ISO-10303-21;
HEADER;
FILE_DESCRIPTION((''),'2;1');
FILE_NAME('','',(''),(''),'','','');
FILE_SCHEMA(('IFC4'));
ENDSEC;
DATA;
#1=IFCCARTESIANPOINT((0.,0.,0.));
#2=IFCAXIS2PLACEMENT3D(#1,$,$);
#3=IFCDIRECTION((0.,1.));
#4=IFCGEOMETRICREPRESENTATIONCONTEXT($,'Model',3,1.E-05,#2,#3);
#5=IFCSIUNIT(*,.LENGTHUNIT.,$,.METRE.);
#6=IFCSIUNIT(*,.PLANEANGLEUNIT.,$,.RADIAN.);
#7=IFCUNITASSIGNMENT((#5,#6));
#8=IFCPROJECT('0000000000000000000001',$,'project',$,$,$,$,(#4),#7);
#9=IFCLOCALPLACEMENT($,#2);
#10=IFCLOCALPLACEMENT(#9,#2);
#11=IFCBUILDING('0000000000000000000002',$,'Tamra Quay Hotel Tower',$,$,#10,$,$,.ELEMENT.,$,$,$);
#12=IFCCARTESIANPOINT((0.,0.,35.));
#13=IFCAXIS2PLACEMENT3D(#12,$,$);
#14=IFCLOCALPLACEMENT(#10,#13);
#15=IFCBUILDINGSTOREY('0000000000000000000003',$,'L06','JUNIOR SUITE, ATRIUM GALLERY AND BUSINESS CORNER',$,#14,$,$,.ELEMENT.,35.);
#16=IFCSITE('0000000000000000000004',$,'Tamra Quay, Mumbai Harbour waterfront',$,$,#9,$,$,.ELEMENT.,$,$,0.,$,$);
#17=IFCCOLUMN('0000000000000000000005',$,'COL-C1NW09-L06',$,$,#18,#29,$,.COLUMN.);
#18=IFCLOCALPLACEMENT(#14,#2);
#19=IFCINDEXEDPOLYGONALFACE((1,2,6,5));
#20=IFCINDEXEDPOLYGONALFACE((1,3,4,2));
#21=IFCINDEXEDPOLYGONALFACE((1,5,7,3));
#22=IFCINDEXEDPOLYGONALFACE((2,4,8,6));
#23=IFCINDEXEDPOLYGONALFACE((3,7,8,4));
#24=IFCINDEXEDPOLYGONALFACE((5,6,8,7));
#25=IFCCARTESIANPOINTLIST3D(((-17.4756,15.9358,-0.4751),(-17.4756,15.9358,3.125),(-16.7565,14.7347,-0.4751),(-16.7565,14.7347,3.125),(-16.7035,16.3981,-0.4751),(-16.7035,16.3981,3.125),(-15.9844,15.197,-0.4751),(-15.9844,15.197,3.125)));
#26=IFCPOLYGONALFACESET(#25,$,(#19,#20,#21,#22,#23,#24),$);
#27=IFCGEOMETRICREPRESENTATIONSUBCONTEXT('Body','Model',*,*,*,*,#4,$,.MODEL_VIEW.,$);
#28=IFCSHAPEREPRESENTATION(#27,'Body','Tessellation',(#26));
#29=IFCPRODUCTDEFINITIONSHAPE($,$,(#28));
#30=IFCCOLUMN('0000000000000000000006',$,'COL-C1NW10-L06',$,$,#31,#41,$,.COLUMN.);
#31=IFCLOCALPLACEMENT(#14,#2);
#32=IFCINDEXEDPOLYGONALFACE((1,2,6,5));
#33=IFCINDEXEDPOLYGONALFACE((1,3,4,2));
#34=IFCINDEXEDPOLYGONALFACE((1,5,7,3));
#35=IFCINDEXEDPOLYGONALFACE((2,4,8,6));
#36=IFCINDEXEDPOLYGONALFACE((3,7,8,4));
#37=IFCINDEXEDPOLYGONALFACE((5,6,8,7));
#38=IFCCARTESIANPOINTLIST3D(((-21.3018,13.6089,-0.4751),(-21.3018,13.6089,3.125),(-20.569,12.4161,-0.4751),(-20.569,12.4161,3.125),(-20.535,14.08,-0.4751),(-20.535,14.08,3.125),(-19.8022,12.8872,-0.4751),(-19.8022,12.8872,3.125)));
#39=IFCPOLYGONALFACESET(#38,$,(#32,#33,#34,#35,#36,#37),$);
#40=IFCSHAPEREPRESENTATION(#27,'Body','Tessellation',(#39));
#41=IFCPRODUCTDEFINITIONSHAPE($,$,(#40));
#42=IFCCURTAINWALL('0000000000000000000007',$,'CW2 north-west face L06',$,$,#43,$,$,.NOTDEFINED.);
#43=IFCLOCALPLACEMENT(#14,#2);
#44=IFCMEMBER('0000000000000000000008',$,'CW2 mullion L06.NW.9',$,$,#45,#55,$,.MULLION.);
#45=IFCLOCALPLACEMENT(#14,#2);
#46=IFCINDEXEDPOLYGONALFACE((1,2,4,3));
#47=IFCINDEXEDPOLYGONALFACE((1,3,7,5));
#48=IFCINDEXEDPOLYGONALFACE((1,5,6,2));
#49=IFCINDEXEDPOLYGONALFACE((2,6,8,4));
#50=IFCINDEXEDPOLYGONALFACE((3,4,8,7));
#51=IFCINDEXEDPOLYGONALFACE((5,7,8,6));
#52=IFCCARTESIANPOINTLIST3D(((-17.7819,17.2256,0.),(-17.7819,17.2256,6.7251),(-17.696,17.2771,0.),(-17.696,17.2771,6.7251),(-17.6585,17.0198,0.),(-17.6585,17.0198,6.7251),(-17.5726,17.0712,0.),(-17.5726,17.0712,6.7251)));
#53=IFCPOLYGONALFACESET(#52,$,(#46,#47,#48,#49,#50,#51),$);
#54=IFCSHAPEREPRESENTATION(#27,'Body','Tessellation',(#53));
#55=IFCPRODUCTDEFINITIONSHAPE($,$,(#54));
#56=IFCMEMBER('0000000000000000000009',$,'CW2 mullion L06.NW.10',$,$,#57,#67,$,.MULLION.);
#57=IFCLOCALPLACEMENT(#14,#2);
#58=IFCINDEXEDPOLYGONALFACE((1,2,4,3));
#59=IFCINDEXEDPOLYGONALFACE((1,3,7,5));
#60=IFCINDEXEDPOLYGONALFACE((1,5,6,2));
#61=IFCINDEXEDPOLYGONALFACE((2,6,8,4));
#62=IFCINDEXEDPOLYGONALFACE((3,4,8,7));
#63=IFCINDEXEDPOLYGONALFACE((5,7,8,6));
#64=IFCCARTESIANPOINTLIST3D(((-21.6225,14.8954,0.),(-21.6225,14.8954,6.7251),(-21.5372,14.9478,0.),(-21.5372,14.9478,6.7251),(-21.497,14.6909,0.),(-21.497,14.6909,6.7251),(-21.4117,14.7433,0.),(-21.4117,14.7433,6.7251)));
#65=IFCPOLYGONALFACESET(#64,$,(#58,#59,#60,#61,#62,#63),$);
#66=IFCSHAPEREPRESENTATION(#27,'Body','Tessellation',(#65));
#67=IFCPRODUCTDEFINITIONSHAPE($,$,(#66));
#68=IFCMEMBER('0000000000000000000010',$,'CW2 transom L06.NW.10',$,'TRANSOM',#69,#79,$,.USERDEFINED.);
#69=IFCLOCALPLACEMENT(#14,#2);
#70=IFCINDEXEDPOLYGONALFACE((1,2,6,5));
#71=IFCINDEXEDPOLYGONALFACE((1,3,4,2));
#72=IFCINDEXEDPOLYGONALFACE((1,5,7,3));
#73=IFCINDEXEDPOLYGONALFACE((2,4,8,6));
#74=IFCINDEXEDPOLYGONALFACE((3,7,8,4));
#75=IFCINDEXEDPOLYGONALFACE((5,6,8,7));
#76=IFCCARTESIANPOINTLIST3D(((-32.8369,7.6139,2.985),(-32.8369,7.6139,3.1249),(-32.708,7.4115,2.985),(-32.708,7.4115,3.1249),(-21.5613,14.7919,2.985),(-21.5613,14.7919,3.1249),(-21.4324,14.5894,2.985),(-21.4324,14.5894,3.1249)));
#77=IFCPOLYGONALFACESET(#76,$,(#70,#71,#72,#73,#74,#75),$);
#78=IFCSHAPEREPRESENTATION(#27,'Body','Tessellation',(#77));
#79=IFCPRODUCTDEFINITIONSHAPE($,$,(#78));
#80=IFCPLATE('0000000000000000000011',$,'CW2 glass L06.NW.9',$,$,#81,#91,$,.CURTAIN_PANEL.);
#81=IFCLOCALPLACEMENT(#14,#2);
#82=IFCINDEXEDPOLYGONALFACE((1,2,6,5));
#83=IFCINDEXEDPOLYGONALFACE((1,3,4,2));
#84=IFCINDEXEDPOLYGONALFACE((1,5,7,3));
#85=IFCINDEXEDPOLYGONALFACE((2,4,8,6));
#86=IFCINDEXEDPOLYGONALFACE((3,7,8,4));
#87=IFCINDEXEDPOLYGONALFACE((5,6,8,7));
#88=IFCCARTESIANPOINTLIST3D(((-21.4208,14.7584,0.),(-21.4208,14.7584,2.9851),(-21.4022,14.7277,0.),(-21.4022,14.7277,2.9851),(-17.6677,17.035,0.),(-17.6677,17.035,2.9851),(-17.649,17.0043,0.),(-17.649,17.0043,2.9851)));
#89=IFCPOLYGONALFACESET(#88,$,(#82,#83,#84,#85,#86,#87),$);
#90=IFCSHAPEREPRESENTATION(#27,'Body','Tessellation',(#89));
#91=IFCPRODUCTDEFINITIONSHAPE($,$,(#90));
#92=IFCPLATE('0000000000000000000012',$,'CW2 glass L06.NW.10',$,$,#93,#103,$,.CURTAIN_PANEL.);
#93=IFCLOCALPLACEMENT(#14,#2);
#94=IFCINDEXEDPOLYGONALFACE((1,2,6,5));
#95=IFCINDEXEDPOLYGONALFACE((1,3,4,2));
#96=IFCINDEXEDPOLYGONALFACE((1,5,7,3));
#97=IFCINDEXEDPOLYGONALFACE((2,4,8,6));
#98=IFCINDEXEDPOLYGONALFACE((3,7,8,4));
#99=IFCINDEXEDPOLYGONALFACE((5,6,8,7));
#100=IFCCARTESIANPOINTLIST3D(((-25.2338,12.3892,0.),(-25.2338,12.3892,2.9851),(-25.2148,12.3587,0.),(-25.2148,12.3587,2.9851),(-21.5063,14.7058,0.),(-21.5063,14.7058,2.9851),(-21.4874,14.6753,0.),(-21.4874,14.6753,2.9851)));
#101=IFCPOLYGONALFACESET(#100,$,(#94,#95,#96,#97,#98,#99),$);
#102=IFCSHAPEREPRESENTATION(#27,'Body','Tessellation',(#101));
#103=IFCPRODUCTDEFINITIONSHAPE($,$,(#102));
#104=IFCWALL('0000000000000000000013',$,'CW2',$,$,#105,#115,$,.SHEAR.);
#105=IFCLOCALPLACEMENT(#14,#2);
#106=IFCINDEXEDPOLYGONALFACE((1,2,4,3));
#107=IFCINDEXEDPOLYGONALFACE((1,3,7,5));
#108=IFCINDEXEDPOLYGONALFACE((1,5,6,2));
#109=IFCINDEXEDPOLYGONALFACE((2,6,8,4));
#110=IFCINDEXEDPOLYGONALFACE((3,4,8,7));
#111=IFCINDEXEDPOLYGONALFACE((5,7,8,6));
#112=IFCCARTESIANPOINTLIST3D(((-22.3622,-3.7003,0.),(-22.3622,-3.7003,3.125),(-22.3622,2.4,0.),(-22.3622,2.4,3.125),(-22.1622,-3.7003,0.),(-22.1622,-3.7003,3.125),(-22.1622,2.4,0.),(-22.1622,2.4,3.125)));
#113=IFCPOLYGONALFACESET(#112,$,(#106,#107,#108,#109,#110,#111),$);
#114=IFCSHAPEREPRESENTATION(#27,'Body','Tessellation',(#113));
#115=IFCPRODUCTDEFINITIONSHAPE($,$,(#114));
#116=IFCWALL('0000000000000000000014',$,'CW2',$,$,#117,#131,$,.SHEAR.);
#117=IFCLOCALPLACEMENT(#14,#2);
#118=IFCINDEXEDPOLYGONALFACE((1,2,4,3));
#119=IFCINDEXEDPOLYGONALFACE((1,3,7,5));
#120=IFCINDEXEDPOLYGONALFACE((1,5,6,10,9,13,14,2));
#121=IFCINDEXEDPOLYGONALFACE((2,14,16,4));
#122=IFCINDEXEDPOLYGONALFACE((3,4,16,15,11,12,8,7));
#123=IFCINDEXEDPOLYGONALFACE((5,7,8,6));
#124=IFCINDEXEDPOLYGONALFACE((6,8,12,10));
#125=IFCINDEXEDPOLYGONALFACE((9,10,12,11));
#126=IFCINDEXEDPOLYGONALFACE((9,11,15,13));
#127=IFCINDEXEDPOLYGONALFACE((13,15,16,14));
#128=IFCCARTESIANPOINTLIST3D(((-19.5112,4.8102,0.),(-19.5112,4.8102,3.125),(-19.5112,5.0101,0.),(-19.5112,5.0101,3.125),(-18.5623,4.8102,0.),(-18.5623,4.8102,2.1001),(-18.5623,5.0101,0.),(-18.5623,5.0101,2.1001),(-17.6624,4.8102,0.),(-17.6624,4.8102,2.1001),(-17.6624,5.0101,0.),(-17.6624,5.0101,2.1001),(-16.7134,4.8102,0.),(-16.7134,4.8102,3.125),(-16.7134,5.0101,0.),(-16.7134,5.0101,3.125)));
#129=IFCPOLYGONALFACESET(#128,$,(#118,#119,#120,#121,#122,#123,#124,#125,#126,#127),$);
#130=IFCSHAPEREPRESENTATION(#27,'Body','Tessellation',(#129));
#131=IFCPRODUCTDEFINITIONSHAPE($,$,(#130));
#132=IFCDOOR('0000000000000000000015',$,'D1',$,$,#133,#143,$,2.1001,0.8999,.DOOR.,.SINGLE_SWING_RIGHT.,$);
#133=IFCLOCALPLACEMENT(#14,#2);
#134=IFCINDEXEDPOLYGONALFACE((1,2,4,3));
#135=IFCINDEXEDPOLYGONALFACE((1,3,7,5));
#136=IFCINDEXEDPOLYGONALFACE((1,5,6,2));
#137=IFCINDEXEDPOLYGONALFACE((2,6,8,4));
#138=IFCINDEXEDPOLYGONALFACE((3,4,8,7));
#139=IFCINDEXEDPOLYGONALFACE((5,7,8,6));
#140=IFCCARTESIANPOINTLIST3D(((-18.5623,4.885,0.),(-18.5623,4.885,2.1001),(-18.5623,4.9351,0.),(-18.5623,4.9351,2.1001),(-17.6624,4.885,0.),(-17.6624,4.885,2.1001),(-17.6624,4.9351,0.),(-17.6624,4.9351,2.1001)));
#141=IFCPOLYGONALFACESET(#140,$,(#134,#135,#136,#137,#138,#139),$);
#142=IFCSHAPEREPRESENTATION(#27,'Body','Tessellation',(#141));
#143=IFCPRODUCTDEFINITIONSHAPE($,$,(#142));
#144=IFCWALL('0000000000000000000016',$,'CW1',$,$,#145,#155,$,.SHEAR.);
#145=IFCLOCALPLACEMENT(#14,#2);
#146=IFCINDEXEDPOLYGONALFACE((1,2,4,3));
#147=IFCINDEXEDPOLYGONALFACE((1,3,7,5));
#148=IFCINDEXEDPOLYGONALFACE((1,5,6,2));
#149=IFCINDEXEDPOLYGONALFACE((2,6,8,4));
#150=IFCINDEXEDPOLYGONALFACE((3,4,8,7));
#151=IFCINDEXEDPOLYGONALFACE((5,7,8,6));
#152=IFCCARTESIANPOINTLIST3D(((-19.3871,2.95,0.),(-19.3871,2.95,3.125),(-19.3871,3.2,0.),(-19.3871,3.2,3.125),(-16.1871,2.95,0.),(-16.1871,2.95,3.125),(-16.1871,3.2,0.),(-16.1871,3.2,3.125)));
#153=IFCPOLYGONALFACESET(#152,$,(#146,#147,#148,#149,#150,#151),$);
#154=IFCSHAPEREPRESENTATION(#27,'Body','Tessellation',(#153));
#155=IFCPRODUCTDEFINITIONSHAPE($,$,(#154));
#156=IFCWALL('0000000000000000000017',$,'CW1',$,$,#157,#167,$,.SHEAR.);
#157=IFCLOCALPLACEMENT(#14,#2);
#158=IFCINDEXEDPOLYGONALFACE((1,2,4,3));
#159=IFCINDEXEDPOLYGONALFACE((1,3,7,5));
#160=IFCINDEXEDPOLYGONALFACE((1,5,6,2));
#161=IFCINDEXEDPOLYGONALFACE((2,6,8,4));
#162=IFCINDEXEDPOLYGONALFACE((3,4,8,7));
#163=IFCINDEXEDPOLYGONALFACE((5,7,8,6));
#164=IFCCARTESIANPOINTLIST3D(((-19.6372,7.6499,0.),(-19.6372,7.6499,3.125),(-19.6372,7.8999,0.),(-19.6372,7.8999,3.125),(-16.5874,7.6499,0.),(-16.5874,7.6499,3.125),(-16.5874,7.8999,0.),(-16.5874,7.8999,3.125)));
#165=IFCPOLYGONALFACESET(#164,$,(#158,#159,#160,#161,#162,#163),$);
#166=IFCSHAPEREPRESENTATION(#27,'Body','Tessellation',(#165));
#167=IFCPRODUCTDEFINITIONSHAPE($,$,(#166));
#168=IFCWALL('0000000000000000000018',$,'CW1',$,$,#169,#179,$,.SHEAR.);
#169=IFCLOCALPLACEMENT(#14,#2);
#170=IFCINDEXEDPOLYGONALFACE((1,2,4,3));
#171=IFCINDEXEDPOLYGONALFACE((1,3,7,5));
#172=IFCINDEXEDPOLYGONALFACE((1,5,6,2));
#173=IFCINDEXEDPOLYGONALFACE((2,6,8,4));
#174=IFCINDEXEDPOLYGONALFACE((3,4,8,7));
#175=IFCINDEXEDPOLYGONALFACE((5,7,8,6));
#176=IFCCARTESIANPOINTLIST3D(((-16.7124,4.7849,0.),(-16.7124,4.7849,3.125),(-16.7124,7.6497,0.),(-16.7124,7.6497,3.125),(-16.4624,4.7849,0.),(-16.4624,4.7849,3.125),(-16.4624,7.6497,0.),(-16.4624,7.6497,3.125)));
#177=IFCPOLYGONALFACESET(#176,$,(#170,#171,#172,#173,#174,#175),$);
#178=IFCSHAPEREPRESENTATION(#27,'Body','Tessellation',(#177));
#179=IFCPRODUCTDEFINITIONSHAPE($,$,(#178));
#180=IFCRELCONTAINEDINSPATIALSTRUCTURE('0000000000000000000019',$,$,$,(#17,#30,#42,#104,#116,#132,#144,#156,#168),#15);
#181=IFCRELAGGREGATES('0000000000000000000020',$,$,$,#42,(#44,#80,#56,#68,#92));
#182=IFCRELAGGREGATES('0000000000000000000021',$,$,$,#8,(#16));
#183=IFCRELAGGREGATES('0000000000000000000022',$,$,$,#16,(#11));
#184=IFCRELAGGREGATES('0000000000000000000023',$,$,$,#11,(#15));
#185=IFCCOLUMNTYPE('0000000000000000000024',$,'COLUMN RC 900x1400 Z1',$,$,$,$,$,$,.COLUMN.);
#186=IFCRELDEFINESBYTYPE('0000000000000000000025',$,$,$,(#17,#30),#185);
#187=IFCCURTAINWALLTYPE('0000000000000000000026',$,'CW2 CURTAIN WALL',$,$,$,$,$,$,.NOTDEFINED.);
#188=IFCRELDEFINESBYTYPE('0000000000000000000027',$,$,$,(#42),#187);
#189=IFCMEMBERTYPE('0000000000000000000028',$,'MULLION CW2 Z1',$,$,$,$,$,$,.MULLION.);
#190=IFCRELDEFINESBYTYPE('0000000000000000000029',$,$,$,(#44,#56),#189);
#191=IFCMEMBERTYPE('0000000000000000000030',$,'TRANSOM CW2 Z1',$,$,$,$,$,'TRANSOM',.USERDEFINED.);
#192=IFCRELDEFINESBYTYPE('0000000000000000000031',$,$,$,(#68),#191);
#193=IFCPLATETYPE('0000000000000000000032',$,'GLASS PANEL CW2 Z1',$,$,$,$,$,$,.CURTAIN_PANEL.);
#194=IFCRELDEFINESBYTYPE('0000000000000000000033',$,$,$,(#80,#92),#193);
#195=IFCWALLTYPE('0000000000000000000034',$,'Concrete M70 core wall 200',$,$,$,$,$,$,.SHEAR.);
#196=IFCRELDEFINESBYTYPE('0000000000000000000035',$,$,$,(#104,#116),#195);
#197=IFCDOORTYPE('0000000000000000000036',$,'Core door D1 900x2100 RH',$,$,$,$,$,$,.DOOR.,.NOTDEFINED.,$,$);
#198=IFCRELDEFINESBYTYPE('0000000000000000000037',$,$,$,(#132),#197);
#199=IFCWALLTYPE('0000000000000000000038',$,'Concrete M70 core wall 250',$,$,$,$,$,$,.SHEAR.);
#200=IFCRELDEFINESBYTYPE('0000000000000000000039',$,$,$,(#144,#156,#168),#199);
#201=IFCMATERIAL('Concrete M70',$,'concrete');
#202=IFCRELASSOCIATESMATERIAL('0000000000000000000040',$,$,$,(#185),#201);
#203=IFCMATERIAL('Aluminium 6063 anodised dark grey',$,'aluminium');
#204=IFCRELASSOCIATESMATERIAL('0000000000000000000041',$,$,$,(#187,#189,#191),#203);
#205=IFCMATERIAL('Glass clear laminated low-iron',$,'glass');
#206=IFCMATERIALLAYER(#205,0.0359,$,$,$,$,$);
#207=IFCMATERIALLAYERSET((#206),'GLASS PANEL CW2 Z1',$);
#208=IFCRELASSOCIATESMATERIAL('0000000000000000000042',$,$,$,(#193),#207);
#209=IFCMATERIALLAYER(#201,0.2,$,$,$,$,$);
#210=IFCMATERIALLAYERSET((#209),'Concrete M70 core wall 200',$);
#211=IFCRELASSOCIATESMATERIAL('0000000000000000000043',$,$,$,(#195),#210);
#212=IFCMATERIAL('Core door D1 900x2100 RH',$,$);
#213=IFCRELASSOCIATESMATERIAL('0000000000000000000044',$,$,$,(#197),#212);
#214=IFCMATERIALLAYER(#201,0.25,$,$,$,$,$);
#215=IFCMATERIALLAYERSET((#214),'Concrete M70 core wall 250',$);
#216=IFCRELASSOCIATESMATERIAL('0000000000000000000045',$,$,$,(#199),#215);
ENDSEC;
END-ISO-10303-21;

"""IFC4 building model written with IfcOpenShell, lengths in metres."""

from ifc_helpers import new_model, si_unit, direction, frame, frame_2d, origin, origin_2d, place, context, subcontext, project, spatial, rectangle, extrude, material, layer, layer_set, material_profile, profile_set, type_object, element, fill, aggregate, save


model = new_model("IFC4")

# Units and contexts
model_context = context("Model", 3, precision=1e-05, world=origin(), true_north=direction((0.0, 1.0)))
body_context = subcontext(model_context, "Body", "Model", "MODEL_VIEW")
ifc_project = project(units=[si_unit("LENGTHUNIT", "METRE"), si_unit("PLANEANGLEUNIT", "RADIAN")], contexts=[model_context])

# Site, building, storey
site_placement = place(None, origin())
site = spatial("IfcSite", under=ifc_project, at=site_placement, Name="Tamra Quay, Mumbai Harbour waterfront", CompositionType="ELEMENT", RefElevation=0.0)
building_placement = place(site_placement, origin())
building = spatial("IfcBuilding", under=site, at=building_placement, Name="Tamra Quay Hotel Tower", CompositionType="ELEMENT")
storey_placement = place(building_placement, frame((0.0, 0.0, 35.0)))
storey = spatial("IfcBuildingStorey", under=building, at=storey_placement, Name="L06", Description="JUNIOR SUITE, ATRIUM GALLERY AND BUSINESS CORNER", CompositionType="ELEMENT", Elevation=35.0)

# Columns
ifc_material_1 = material(Name="Concrete M70", Category="concrete")
ifc_material_profile_1 = material_profile(ifc_material_1, rectangle(XDim=1.3999, YDim=0.8999, at=origin_2d()), Name="COLUMN RC 900x1400 Z1")
ifc_profile_set_1 = profile_set([ifc_material_profile_1], Name="Concrete M70")
column_type = type_object("IfcColumnType", Name="COLUMN RC 900x1400 Z1", PredefinedType="COLUMN", material=ifc_profile_set_1)
for number, where, z_axis, x_axis, name in (
    (1, (-16.73, 15.5664, -0.4751), (0.0, 0.0, 1.0), (-0.513654, 0.857998, 0.0), "COL-C1NW09-L06"),
    (2, (-20.552, 13.248, -0.4751), (0.0, 0.0, 1.0), (-0.52343, 0.852069, 0.0), "COL-C1NW10-L06"),
):
    element("IfcColumn", number, at=place(storey_placement, frame(where, z_axis=z_axis, x_axis=x_axis)), inside=storey, type_object=column_type, Name=name, PredefinedType="COLUMN", context=body_context, shape_type="SweptSolid", body=[
        extrude(rectangle(XDim=1.3999, YDim=0.8999, at=origin_2d()), origin(), (0.0, 0.0, 1.0), 3.6001),
    ])

# Curtain wall, members, plates
ifc_material_2 = material(Name="Aluminium 6063 anodised dark grey", Category="aluminium")
curtain_wall_type = type_object("IfcCurtainWallType", Name="CW2 CURTAIN WALL", PredefinedType="NOTDEFINED", material=ifc_material_2)
curtain_wall_placement = place(storey_placement, origin())
curtain_wall = element("IfcCurtainWall", 3, at=curtain_wall_placement, inside=storey, type_object=curtain_wall_type, Name="CW2 north-west face L06", PredefinedType="NOTDEFINED")
ifc_material_profile_2 = material_profile(ifc_material_2, rectangle(XDim=0.24, YDim=0.1001, at=origin_2d()), Name="MULLION 100X240")
ifc_profile_set_2 = profile_set([ifc_material_profile_2], Name="Aluminium 6063 anodised dark grey")
member_type_1 = type_object("IfcMemberType", Name="MULLION CW2 Z1", PredefinedType="MULLION", material=ifc_profile_set_2)
member_1_placement = place(storey_placement, frame((-17.6772, 17.1484, 0.0), z_axis=(0.0, 0.0, 1.0), x_axis=(-0.514005, 0.857787, 0.0)))
member_1 = element("IfcMember", 4, at=member_1_placement, type_object=member_type_1, Name="CW2 mullion L06.NW.9", PredefinedType="MULLION", context=body_context, shape_type="SweptSolid", body=[
    extrude(rectangle(XDim=0.24, YDim=0.1001, at=origin_2d()), origin(), (0.0, 0.0, 1.0), 6.7251),
])
member_2_placement = place(storey_placement, frame((-21.5171, 14.8193, 0.0), z_axis=(0.0, 0.0, 1.0), x_axis=(-0.523257, 0.852175, 0.0)))
member_2 = element("IfcMember", 5, at=member_2_placement, type_object=member_type_1, Name="CW2 mullion L06.NW.10", PredefinedType="MULLION", context=body_context, shape_type="SweptSolid", body=[
    extrude(rectangle(XDim=0.24, YDim=0.1001, at=origin_2d()), origin(), (0.0, 0.0, 1.0), 6.7251),
])
ifc_material_profile_3 = material_profile(ifc_material_2, rectangle(XDim=0.24, YDim=0.1399, at=origin_2d()), Name="TRANSOM 240X140")
ifc_profile_set_3 = profile_set([ifc_material_profile_3], Name="Aluminium 6063 anodised dark grey")
member_type_2 = type_object("IfcMemberType", Name="TRANSOM CW2 Z1", ElementType="TRANSOM", PredefinedType="USERDEFINED", material=ifc_profile_set_3)
member_3_placement = place(storey_placement, frame((-21.4968, 14.6907, 3.0549), z_axis=(-0.843574, -0.537013, 0.0), x_axis=(0.537013, -0.843574, 0.0)))
member_3 = element("IfcMember", 6, at=member_3_placement, type_object=member_type_2, Name="CW2 transom L06.NW.10", ObjectType="TRANSOM", PredefinedType="USERDEFINED", context=body_context, shape_type="SweptSolid", body=[
    extrude(rectangle(XDim=0.24, YDim=0.1399, at=origin_2d()), origin(), (0.0, 0.0, 1.0), 13.3665),
])
ifc_material_3 = material(Name="Glass clear laminated low-iron", Category="glass")
ifc_layer_1 = layer(ifc_material_3, 0.0359)
ifc_layer_set_1 = layer_set([ifc_layer_1], Name="GLASS PANEL CW2 Z1")
plate_type = type_object("IfcPlateType", Name="GLASS PANEL CW2 Z1", PredefinedType="CURTAIN_PANEL", material=ifc_layer_set_1)
plate_1_placement = place(storey_placement, frame((-19.5349, 15.8813, 0.0), z_axis=(0.0, 0.0, 1.0), x_axis=(-0.854993, -0.518639, 0.0)))
plate_1 = element("IfcPlate", 7, at=plate_1_placement, type_object=plate_type, Name="CW2 glass L06.NW.9", PredefinedType="CURTAIN_PANEL", context=body_context, shape_type="SweptSolid", body=[
    extrude(rectangle(XDim=4.3896, YDim=0.0359, at=origin_2d()), origin(), (0.0, 0.0, 1.0), 2.9851),
])
plate_2_placement = place(storey_placement, frame((-23.3606, 13.5322, 0.0), z_axis=(0.0, 0.0, 1.0), x_axis=(-0.849331, -0.52786, 0.0)))
plate_2 = element("IfcPlate", 8, at=plate_2_placement, type_object=plate_type, Name="CW2 glass L06.NW.10", PredefinedType="CURTAIN_PANEL", context=body_context, shape_type="SweptSolid", body=[
    extrude(rectangle(XDim=4.3887, YDim=0.0359, at=origin_2d()), origin(), (0.0, 0.0, 1.0), 2.9851),
])
aggregate(curtain_wall, [member_1, plate_1, member_2, member_3, plate_2])

# Wall
ifc_layer_2 = layer(ifc_material_1, 0.2)
ifc_layer_set_2 = layer_set([ifc_layer_2], Name="Concrete M70 core wall 200")
wall_type_1 = type_object("IfcWallType", Name="Concrete M70 core wall 200", PredefinedType="SHEAR", material=ifc_layer_set_2)
wall_1_placement = place(storey_placement, frame((-22.2622, 2.4001, 0.0), z_axis=(0.0, 0.0, 1.0), x_axis=(0.0, -1.0, 0.0)))
element("IfcWall", 9, at=wall_1_placement, inside=storey, type_object=wall_type_1, Name="CW2", PredefinedType="SHEAR", context=body_context, shape_type="SweptSolid", body=[
    extrude(rectangle(XDim=6.1003, YDim=0.2, at=frame_2d((3.0503, 0.0))), origin(), (0.0, 0.0, 1.0), 3.125),
])

# Wall, opening, door
wall_2_placement = place(storey_placement, frame((-19.5112, 4.9102, 0.0), z_axis=(0.0, 0.0, 1.0), x_axis=(1.0, 0.0, 0.0)))
wall_2 = element("IfcWall", 10, at=wall_2_placement, inside=storey, type_object=wall_type_1, Name="CW2", PredefinedType="SHEAR", context=body_context, shape_type="SweptSolid", body=[
    extrude(rectangle(XDim=2.7979, YDim=0.2, at=frame_2d((1.3989, 0.0))), origin(), (0.0, 0.0, 1.0), 3.125),
])
opening_1_placement = place(wall_2_placement, frame((0.949, 0.0, 0.0)))
opening_1 = element("IfcOpeningElement", 11, at=opening_1_placement, cuts=wall_2, PredefinedType="OPENING", context=body_context, shape_type="SweptSolid", body=[
    extrude(rectangle(XDim=0.8999, YDim=2.1001, at=frame_2d((0.45, 1.05))), frame((0.0, 0.1099, 0.0), z_axis=(0.0, -1.0, 0.0), x_axis=(1.0, 0.0, 0.0)), (0.0, 0.0, 1.0), 0.22),
])
ifc_material_4 = material(Name="Core door D1 900x2100 RH")
door_type_1 = type_object("IfcDoorType", Name="Core door D1 900x2100 RH", OperationType="NOTDEFINED", PredefinedType="DOOR", material=ifc_material_4)
door_1_placement = place(opening_1_placement, origin())
door_1 = element("IfcDoor", 12, at=door_1_placement, inside=storey, type_object=door_type_1, Name="D1", OperationType="SINGLE_SWING_RIGHT", OverallHeight=2.1001, OverallWidth=0.8999, PredefinedType="DOOR", context=body_context, shape_type="SweptSolid", body=[
    extrude(rectangle(XDim=0.8999, YDim=2.1001, at=frame_2d((0.45, 1.05))), frame((0.0, 0.0249, 0.0), z_axis=(0.0, -1.0, 0.0), x_axis=(1.0, 0.0, 0.0)), (0.0, 0.0, 1.0), 0.05),
])
fill(opening_1, door_1)

# Walls
ifc_layer_3 = layer(ifc_material_1, 0.25)
ifc_layer_set_3 = layer_set([ifc_layer_3], Name="Concrete M70 core wall 250")
wall_type_2 = type_object("IfcWallType", Name="Concrete M70 core wall 250", PredefinedType="SHEAR", material=ifc_layer_set_3)
wall_3_placement = place(storey_placement, frame((-19.3872, 3.075, 0.0), z_axis=(0.0, 0.0, 1.0), x_axis=(1.0, 0.0, 0.0)))
element("IfcWall", 13, at=wall_3_placement, inside=storey, type_object=wall_type_2, Name="CW1", PredefinedType="SHEAR", context=body_context, shape_type="SweptSolid", body=[
    extrude(rectangle(XDim=3.2, YDim=0.25, at=frame_2d((1.6001, 0.0))), origin(), (0.0, 0.0, 1.0), 3.125),
])
wall_4_placement = place(storey_placement, frame((-19.6372, 7.7749, 0.0), z_axis=(0.0, 0.0, 1.0), x_axis=(1.0, 0.0, 0.0)))
element("IfcWall", 14, at=wall_4_placement, inside=storey, type_object=wall_type_2, Name="CW1", PredefinedType="SHEAR", context=body_context, shape_type="SweptSolid", body=[
    extrude(rectangle(XDim=3.0498, YDim=0.25, at=frame_2d((1.5249, 0.0))), origin(), (0.0, 0.0, 1.0), 3.125),
])
for number, where, z_axis, x_axis, name in (
    (15, (-16.5874, 7.6497, 0.0), (0.0, 0.0, 1.0), (0.0, -1.0, 0.0), "CW1"),
):
    element("IfcWall", number, at=place(storey_placement, frame(where, z_axis=z_axis, x_axis=x_axis)), inside=storey, type_object=wall_type_2, Name=name, PredefinedType="SHEAR", context=body_context, shape_type="SweptSolid", body=[
        extrude(rectangle(XDim=2.8647, YDim=0.25, at=frame_2d((1.4324, 0.0))), origin(), (0.0, 0.0, 1.0), 3.125),
    ])

save(model, "model.ifc")
